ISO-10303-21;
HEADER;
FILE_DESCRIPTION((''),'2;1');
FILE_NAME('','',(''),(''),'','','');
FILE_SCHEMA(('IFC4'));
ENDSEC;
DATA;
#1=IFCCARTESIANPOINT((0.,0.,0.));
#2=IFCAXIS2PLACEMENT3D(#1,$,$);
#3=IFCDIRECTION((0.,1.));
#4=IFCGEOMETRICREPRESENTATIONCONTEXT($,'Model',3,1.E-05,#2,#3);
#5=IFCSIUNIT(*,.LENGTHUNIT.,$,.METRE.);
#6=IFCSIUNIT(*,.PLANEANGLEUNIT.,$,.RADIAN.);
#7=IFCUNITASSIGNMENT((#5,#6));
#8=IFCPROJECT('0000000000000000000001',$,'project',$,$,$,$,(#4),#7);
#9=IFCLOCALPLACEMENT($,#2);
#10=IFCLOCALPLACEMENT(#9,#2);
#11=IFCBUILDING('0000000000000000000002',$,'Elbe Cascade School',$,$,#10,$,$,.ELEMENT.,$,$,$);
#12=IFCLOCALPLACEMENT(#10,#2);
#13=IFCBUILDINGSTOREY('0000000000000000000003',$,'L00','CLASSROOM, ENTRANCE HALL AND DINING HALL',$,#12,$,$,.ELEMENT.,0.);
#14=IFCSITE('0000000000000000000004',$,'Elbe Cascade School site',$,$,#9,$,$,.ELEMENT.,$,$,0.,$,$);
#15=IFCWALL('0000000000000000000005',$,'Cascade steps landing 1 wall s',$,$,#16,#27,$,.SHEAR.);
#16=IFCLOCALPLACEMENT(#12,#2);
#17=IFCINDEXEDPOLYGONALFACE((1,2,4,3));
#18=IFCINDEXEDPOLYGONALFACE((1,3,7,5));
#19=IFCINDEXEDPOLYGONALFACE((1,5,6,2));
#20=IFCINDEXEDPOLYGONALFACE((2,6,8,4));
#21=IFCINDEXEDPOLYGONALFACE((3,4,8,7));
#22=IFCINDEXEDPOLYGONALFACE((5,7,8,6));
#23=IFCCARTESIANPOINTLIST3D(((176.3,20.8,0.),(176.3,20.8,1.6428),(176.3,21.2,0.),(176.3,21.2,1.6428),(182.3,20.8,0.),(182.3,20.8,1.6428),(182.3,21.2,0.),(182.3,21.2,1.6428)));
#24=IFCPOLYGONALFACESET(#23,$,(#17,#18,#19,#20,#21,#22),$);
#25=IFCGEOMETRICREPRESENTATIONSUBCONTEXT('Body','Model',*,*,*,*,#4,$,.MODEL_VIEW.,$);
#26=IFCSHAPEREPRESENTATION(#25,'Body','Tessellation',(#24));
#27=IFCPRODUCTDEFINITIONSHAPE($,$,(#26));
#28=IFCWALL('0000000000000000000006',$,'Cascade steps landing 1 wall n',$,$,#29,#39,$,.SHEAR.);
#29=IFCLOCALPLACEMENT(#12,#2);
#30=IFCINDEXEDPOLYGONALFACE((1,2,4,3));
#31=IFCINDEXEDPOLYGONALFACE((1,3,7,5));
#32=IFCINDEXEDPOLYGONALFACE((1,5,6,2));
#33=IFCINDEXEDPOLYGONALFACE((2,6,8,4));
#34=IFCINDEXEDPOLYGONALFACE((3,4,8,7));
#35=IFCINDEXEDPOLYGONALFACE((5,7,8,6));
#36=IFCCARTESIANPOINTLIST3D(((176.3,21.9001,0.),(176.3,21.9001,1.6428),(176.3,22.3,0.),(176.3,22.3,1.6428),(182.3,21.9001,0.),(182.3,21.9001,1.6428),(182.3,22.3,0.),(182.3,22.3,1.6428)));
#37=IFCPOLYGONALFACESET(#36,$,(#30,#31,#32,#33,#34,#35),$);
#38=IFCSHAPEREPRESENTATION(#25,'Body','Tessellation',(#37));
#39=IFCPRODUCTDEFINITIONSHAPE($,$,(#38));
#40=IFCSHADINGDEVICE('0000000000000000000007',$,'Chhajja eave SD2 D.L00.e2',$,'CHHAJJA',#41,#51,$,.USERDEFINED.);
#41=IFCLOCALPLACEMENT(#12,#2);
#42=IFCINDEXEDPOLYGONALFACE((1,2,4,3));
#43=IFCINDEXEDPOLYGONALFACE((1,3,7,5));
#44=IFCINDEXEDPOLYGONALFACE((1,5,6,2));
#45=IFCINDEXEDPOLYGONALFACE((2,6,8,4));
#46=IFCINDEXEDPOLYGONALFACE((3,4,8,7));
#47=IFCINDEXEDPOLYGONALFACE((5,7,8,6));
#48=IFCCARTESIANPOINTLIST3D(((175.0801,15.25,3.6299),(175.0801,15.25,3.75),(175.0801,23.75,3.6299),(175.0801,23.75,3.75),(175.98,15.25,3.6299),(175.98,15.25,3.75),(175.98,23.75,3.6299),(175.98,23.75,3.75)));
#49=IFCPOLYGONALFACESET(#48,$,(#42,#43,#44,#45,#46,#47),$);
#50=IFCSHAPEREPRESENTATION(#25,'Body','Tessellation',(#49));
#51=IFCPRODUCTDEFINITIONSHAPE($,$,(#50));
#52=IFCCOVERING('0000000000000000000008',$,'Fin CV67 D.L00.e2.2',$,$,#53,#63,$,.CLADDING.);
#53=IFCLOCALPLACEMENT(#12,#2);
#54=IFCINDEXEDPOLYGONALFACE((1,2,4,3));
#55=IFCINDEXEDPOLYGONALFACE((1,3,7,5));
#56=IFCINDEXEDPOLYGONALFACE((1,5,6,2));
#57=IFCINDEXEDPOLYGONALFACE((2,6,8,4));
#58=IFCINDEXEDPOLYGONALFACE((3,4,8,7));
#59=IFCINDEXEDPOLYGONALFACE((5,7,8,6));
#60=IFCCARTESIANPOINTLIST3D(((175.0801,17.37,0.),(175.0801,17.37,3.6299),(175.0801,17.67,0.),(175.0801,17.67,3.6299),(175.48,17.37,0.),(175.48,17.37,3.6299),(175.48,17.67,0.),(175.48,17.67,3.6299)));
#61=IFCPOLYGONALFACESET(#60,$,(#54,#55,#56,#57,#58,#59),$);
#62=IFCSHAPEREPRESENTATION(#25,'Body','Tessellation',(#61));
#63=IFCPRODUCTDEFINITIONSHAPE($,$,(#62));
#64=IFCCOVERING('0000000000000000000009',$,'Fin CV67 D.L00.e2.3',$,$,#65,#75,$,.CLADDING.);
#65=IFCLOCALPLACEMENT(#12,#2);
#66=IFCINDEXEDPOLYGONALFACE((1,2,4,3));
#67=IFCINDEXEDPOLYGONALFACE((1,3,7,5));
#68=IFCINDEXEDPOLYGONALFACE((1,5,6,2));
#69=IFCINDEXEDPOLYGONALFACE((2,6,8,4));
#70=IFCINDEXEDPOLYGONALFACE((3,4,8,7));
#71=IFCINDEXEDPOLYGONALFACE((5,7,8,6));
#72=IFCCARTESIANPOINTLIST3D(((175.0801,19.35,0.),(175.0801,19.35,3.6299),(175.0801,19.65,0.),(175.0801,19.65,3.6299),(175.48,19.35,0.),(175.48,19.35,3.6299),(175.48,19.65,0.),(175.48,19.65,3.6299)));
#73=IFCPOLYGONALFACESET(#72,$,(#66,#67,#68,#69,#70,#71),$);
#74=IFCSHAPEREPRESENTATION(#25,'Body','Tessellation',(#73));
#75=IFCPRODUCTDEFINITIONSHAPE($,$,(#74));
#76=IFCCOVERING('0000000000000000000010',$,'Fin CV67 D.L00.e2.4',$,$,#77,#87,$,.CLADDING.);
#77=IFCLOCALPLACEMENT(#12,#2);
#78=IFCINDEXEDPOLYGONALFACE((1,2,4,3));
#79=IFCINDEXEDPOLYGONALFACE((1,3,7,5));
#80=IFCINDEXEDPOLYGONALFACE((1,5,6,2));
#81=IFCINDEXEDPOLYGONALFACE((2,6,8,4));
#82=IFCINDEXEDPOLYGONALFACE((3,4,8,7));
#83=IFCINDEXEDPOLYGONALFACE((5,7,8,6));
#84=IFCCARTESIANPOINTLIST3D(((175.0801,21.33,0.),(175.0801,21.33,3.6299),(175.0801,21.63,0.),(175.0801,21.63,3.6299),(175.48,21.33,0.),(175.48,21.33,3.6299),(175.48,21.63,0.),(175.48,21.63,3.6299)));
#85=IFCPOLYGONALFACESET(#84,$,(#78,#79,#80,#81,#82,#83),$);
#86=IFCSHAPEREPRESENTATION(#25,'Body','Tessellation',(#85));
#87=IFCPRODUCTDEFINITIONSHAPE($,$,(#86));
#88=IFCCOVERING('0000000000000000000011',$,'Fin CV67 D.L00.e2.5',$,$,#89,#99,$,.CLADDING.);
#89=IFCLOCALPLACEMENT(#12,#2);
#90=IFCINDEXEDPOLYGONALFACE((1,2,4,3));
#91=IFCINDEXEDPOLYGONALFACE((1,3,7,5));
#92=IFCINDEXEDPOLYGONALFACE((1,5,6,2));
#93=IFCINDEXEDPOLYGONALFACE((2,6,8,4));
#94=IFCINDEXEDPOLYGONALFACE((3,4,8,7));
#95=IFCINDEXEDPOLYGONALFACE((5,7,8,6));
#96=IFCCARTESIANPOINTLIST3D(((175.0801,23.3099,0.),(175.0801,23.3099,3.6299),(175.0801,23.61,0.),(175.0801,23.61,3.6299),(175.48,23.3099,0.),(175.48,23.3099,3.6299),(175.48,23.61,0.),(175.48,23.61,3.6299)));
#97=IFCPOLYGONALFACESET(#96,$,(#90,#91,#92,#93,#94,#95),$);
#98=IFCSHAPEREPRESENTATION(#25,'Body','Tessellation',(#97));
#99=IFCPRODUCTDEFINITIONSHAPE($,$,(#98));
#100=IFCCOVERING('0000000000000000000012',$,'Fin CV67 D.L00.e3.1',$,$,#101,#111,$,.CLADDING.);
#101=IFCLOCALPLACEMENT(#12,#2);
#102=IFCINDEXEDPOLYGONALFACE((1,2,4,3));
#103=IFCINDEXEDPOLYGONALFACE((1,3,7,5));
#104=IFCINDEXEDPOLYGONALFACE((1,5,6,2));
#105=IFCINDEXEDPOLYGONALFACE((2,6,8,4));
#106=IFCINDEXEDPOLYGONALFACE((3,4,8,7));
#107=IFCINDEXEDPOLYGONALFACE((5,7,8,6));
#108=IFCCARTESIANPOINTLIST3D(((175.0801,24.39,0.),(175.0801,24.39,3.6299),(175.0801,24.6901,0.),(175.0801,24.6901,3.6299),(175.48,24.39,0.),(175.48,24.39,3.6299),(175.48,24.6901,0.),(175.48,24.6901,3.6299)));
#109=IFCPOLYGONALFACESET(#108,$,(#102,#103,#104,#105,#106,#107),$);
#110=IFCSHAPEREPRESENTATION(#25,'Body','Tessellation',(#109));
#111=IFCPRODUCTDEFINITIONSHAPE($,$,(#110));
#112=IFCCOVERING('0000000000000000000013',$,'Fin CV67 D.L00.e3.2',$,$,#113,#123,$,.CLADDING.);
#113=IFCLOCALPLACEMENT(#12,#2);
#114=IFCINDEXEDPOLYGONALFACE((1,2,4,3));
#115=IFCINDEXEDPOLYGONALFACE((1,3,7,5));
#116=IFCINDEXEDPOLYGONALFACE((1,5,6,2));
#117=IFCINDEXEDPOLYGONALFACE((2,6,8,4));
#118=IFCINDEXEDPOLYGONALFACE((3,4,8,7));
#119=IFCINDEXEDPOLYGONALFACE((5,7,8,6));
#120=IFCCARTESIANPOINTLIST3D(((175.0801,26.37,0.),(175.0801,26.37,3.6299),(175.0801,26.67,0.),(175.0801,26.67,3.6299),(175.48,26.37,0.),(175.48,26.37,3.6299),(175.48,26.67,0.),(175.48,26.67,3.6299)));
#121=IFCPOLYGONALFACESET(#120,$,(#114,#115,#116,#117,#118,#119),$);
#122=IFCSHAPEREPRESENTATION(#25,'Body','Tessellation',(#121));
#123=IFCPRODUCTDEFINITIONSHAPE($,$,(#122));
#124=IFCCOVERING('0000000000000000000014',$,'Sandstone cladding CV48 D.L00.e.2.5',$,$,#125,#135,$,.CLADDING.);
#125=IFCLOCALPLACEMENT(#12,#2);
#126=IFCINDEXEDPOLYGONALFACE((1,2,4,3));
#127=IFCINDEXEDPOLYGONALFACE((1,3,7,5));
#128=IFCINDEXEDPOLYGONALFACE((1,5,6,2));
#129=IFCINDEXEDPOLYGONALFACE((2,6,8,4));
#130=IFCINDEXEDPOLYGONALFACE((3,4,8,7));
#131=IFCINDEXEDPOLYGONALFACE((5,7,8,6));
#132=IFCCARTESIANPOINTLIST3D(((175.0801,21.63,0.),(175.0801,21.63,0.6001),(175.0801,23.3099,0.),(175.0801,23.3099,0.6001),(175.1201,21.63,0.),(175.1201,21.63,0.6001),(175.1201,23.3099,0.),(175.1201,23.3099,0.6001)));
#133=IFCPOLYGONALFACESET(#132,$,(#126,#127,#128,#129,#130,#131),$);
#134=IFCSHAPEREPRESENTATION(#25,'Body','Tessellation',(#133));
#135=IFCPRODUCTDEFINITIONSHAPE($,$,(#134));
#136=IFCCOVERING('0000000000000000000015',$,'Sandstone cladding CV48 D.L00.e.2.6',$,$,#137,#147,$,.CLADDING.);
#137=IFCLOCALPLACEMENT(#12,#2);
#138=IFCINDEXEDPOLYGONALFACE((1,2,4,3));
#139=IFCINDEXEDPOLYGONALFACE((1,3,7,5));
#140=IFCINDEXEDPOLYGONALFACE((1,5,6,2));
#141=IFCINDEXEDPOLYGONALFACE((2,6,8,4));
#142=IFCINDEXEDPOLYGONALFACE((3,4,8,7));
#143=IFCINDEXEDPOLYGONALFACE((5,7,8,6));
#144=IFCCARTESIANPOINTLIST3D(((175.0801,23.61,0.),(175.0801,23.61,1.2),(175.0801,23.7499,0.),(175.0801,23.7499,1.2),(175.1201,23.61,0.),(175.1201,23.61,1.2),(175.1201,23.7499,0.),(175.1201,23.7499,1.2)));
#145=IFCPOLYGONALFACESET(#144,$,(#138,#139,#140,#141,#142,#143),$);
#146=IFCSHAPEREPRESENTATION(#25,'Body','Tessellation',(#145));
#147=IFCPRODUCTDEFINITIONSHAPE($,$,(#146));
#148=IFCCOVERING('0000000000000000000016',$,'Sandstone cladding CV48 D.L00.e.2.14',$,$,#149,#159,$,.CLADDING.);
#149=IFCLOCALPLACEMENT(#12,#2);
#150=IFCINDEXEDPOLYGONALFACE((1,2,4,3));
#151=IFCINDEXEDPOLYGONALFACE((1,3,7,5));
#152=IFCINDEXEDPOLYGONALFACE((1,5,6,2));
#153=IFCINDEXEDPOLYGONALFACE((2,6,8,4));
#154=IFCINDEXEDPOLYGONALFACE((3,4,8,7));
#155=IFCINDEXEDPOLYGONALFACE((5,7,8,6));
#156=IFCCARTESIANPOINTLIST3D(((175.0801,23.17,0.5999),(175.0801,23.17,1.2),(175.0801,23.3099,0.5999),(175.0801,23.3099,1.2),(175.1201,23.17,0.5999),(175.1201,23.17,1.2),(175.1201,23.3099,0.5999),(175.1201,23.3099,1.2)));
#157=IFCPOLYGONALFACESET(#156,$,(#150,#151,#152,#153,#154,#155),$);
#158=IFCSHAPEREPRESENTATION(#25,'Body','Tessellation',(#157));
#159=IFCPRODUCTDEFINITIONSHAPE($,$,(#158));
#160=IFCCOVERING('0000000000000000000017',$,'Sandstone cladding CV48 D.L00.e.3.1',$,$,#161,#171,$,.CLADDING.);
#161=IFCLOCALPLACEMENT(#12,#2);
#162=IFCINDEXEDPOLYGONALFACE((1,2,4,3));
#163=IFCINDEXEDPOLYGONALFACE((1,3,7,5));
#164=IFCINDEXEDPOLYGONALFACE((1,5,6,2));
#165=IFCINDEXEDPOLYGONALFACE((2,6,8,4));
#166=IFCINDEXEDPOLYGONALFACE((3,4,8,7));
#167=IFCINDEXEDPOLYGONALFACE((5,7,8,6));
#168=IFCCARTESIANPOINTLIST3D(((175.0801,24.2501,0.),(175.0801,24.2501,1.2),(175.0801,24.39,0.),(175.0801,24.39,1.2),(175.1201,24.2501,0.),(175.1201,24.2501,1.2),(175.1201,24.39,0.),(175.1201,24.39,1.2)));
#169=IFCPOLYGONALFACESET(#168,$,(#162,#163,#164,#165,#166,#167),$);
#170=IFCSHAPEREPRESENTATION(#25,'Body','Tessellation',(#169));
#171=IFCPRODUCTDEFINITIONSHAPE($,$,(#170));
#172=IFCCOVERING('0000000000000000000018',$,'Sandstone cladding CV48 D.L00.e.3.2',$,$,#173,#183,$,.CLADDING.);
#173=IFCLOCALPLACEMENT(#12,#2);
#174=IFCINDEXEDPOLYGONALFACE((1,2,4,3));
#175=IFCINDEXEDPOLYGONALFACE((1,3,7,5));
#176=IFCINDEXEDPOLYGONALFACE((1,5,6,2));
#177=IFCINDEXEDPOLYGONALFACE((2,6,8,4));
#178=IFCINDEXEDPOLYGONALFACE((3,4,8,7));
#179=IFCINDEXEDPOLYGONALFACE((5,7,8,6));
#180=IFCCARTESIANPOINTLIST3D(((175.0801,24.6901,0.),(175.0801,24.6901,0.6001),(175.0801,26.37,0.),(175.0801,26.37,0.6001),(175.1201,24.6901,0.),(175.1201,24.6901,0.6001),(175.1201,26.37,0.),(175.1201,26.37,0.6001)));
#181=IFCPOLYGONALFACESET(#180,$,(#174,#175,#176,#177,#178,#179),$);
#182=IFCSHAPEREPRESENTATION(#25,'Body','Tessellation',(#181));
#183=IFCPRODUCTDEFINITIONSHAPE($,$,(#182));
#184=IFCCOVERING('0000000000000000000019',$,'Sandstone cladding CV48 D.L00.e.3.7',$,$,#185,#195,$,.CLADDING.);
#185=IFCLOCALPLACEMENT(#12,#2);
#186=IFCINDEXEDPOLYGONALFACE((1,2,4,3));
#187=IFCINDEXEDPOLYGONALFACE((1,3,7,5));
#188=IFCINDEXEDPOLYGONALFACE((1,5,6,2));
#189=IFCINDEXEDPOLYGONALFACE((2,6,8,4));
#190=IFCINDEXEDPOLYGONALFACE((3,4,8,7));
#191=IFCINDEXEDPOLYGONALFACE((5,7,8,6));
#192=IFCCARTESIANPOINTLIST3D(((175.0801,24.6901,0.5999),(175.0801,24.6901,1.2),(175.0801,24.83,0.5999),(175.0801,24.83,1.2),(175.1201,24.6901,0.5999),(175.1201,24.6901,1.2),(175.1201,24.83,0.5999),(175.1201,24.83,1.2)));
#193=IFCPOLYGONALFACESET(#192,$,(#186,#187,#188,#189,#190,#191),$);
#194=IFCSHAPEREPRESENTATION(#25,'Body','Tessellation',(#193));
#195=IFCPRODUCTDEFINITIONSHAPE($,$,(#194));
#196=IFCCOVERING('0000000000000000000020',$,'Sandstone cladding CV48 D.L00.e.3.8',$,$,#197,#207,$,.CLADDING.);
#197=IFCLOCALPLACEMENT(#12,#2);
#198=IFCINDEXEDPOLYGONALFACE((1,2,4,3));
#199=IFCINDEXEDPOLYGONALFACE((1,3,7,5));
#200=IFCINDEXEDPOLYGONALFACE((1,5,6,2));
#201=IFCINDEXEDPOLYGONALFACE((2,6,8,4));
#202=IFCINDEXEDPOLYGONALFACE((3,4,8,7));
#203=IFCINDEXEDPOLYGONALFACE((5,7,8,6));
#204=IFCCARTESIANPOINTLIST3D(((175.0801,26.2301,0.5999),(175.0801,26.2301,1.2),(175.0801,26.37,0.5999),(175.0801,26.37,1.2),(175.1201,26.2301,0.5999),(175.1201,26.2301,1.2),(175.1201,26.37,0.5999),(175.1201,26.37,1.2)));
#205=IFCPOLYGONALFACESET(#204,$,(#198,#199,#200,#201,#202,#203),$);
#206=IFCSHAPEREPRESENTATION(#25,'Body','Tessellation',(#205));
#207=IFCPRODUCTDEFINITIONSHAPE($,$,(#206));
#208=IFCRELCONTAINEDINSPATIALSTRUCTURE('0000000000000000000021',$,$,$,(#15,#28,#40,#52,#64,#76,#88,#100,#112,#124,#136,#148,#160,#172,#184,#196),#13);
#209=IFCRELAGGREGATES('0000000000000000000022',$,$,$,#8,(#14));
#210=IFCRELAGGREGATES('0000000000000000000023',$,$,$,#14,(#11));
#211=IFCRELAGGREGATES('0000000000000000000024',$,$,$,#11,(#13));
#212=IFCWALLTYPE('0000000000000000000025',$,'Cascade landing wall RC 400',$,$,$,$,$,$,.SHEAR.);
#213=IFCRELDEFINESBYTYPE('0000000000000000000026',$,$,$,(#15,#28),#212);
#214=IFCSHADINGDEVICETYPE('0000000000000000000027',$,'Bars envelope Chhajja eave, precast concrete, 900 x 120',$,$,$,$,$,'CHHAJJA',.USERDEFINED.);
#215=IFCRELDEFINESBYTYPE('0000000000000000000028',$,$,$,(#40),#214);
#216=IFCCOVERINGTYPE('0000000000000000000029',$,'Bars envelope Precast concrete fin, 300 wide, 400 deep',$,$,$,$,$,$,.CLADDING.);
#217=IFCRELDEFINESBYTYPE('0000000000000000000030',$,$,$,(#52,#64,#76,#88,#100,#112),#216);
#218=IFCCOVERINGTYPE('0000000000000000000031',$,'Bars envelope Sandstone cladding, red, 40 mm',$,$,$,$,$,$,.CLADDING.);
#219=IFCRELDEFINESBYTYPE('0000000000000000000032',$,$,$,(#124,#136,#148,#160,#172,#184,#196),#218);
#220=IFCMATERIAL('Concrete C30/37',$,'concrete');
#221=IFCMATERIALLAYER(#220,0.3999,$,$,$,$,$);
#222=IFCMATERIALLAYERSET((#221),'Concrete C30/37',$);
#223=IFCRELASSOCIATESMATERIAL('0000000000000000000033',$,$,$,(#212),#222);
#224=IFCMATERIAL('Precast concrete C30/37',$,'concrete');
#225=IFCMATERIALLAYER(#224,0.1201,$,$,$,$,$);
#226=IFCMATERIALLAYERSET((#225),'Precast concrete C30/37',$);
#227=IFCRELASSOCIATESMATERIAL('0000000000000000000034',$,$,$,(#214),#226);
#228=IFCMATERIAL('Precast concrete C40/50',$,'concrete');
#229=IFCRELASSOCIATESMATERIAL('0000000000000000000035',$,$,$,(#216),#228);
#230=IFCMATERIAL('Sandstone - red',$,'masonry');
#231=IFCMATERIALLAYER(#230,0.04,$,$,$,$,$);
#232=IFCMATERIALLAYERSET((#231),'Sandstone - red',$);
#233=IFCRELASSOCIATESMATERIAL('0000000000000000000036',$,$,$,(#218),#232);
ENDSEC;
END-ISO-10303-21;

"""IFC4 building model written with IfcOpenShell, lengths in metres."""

from ifc_helpers import new_model, si_unit, direction, frame, frame_2d, origin, origin_2d, place, context, subcontext, project, spatial, rectangle, extrude, material, layer, layer_set, type_object, element, save


model = new_model("IFC4")

# Units and contexts
model_context = context("Model", 3, precision=1e-05, world=origin(), true_north=direction((0.0, 1.0)))
body_context = subcontext(model_context, "Body", "Model", "MODEL_VIEW")
ifc_project = project(units=[si_unit("LENGTHUNIT", "METRE"), si_unit("PLANEANGLEUNIT", "RADIAN")], contexts=[model_context])

# Site, building, storey
site_placement = place(None, origin())
site = spatial("IfcSite", under=ifc_project, at=site_placement, Name="Elbe Cascade School site", CompositionType="ELEMENT", RefElevation=0.0)
building_placement = place(site_placement, origin())
building = spatial("IfcBuilding", under=site, at=building_placement, Name="Elbe Cascade School", CompositionType="ELEMENT")
storey_placement = place(building_placement, origin())
storey = spatial("IfcBuildingStorey", under=building, at=storey_placement, Name="L00", Description="CLASSROOM, ENTRANCE HALL AND DINING HALL", CompositionType="ELEMENT", Elevation=0.0)

# Walls
ifc_material_1 = material(Name="Concrete C30/37", Category="concrete")
ifc_layer_1 = layer(ifc_material_1, 0.3999)
ifc_layer_set_1 = layer_set([ifc_layer_1], Name="Concrete C30/37")
wall_type = type_object("IfcWallType", Name="Cascade landing wall RC 400", PredefinedType="SHEAR", material=ifc_layer_set_1)
for number, where, z_axis, x_axis, name in (
    (1, (176.3, 21.0, 0.0), (0.0, 0.0, 1.0), (1.0, 0.0, 0.0), "Cascade steps landing 1 wall s"),
    (2, (176.3, 22.1001, 0.0), (0.0, 0.0, 1.0), (1.0, 0.0, 0.0), "Cascade steps landing 1 wall n"),
):
    element("IfcWall", number, at=place(storey_placement, frame(where, z_axis=z_axis, x_axis=x_axis)), inside=storey, type_object=wall_type, Name=name, PredefinedType="SHEAR", context=body_context, shape_type="SweptSolid", body=[
        extrude(rectangle(XDim=6.0, YDim=0.3999, at=frame_2d((3.0, 0.0))), origin(), (0.0, 0.0, 1.0), 1.6428),
    ])

# Shading device
ifc_material_2 = material(Name="Precast concrete C30/37", Category="concrete")
ifc_layer_2 = layer(ifc_material_2, 0.1201)
ifc_layer_set_2 = layer_set([ifc_layer_2], Name="Precast concrete C30/37")
shading_device_type = type_object("IfcShadingDeviceType", Name="Bars envelope Chhajja eave, precast concrete, 900 x 120", ElementType="CHHAJJA", PredefinedType="USERDEFINED", material=ifc_layer_set_2)
shading_device_placement = place(storey_placement, frame((175.53, 19.5, 3.6299), z_axis=(0.0, 0.0, 1.0), x_axis=(0.0, 1.0, 0.0)))
element("IfcShadingDevice", 3, at=shading_device_placement, inside=storey, type_object=shading_device_type, Name="Chhajja eave SD2 D.L00.e2", ObjectType="CHHAJJA", PredefinedType="USERDEFINED", context=body_context, shape_type="SweptSolid", body=[
    extrude(rectangle(XDim=8.5, YDim=0.8999, at=origin_2d()), origin(), (0.0, 0.0, 1.0), 0.1201),
])

# Coverings
ifc_material_3 = material(Name="Precast concrete C40/50", Category="concrete")
covering_type_1 = type_object("IfcCoveringType", Name="Bars envelope Precast concrete fin, 300 wide, 400 deep", PredefinedType="CLADDING", material=ifc_material_3)
for number, where, z_axis, x_axis, name in (
    (4, (175.28, 17.52, 0.0), (0.0, 0.0, 1.0), (0.0, 1.0, 0.0), "Fin CV67 D.L00.e2.2"),
    (5, (175.28, 19.5, 0.0), (0.0, 0.0, 1.0), (0.0, 1.0, 0.0), "Fin CV67 D.L00.e2.3"),
    (6, (175.28, 21.48, 0.0), (0.0, 0.0, 1.0), (0.0, 1.0, 0.0), "Fin CV67 D.L00.e2.4"),
    (7, (175.28, 23.46, 0.0), (0.0, 0.0, 1.0), (0.0, 1.0, 0.0), "Fin CV67 D.L00.e2.5"),
    (8, (175.28, 24.54, 0.0), (0.0, 0.0, 1.0), (0.0, 1.0, 0.0), "Fin CV67 D.L00.e3.1"),
    (9, (175.28, 26.52, 0.0), (0.0, 0.0, 1.0), (0.0, 1.0, 0.0), "Fin CV67 D.L00.e3.2"),
):
    element("IfcCovering", number, at=place(storey_placement, frame(where, z_axis=z_axis, x_axis=x_axis)), inside=storey, type_object=covering_type_1, Name=name, PredefinedType="CLADDING", context=body_context, shape_type="SweptSolid", body=[
        extrude(rectangle(XDim=0.3, YDim=0.3999, at=origin_2d()), origin(), (0.0, 0.0, 1.0), 3.6299),
    ])
ifc_material_4 = material(Name="Sandstone - red", Category="masonry")
ifc_layer_3 = layer(ifc_material_4, 0.04)
ifc_layer_set_3 = layer_set([ifc_layer_3], Name="Sandstone - red")
covering_type_2 = type_object("IfcCoveringType", Name="Bars envelope Sandstone cladding, red, 40 mm", PredefinedType="CLADDING", material=ifc_layer_set_3)
covering_1_placement = place(storey_placement, frame((175.1001, 22.47, 0.0), z_axis=(0.0, 0.0, 1.0), x_axis=(0.0, 1.0, 0.0)))
element("IfcCovering", 10, at=covering_1_placement, inside=storey, type_object=covering_type_2, Name="Sandstone cladding CV48 D.L00.e.2.5", PredefinedType="CLADDING", context=body_context, shape_type="SweptSolid", body=[
    extrude(rectangle(XDim=1.6799, YDim=0.04, at=origin_2d()), origin(), (0.0, 0.0, 1.0), 0.6001),
])
covering_2_placement = place(storey_placement, frame((175.1001, 23.6799, 0.0), z_axis=(0.0, 0.0, 1.0), x_axis=(0.0, 1.0, 0.0)))
element("IfcCovering", 11, at=covering_2_placement, inside=storey, type_object=covering_type_2, Name="Sandstone cladding CV48 D.L00.e.2.6", PredefinedType="CLADDING", context=body_context, shape_type="SweptSolid", body=[
    extrude(rectangle(XDim=0.1399, YDim=0.04, at=origin_2d()), origin(), (0.0, 0.0, 1.0), 1.2),
])
covering_3_placement = place(storey_placement, frame((175.1001, 23.24, 0.5999), z_axis=(0.0, 0.0, 1.0), x_axis=(0.0, 1.0, 0.0)))
element("IfcCovering", 12, at=covering_3_placement, inside=storey, type_object=covering_type_2, Name="Sandstone cladding CV48 D.L00.e.2.14", PredefinedType="CLADDING", context=body_context, shape_type="SweptSolid", body=[
    extrude(rectangle(XDim=0.1399, YDim=0.04, at=origin_2d()), origin(), (0.0, 0.0, 1.0), 0.6001),
])
covering_4_placement = place(storey_placement, frame((175.1001, 24.3201, 0.0), z_axis=(0.0, 0.0, 1.0), x_axis=(0.0, 1.0, 0.0)))
element("IfcCovering", 13, at=covering_4_placement, inside=storey, type_object=covering_type_2, Name="Sandstone cladding CV48 D.L00.e.3.1", PredefinedType="CLADDING", context=body_context, shape_type="SweptSolid", body=[
    extrude(rectangle(XDim=0.1399, YDim=0.04, at=origin_2d()), origin(), (0.0, 0.0, 1.0), 1.2),
])
covering_5_placement = place(storey_placement, frame((175.1001, 25.53, 0.0), z_axis=(0.0, 0.0, 1.0), x_axis=(0.0, 1.0, 0.0)))
element("IfcCovering", 14, at=covering_5_placement, inside=storey, type_object=covering_type_2, Name="Sandstone cladding CV48 D.L00.e.3.2", PredefinedType="CLADDING", context=body_context, shape_type="SweptSolid", body=[
    extrude(rectangle(XDim=1.6799, YDim=0.04, at=origin_2d()), origin(), (0.0, 0.0, 1.0), 0.6001),
])
for number, where, z_axis, x_axis, name in (
    (15, (175.1001, 24.76, 0.5999), (0.0, 0.0, 1.0), (0.0, 1.0, 0.0), "Sandstone cladding CV48 D.L00.e.3.7"),
    (16, (175.1001, 26.3, 0.5999), (0.0, 0.0, 1.0), (0.0, 1.0, 0.0), "Sandstone cladding CV48 D.L00.e.3.8"),
):
    element("IfcCovering", number, at=place(storey_placement, frame(where, z_axis=z_axis, x_axis=x_axis)), inside=storey, type_object=covering_type_2, Name=name, PredefinedType="CLADDING", context=body_context, shape_type="SweptSolid", body=[
        extrude(rectangle(XDim=0.1399, YDim=0.04, at=origin_2d()), origin(), (0.0, 0.0, 1.0), 0.6001),
    ])

save(model, "model.ifc")
